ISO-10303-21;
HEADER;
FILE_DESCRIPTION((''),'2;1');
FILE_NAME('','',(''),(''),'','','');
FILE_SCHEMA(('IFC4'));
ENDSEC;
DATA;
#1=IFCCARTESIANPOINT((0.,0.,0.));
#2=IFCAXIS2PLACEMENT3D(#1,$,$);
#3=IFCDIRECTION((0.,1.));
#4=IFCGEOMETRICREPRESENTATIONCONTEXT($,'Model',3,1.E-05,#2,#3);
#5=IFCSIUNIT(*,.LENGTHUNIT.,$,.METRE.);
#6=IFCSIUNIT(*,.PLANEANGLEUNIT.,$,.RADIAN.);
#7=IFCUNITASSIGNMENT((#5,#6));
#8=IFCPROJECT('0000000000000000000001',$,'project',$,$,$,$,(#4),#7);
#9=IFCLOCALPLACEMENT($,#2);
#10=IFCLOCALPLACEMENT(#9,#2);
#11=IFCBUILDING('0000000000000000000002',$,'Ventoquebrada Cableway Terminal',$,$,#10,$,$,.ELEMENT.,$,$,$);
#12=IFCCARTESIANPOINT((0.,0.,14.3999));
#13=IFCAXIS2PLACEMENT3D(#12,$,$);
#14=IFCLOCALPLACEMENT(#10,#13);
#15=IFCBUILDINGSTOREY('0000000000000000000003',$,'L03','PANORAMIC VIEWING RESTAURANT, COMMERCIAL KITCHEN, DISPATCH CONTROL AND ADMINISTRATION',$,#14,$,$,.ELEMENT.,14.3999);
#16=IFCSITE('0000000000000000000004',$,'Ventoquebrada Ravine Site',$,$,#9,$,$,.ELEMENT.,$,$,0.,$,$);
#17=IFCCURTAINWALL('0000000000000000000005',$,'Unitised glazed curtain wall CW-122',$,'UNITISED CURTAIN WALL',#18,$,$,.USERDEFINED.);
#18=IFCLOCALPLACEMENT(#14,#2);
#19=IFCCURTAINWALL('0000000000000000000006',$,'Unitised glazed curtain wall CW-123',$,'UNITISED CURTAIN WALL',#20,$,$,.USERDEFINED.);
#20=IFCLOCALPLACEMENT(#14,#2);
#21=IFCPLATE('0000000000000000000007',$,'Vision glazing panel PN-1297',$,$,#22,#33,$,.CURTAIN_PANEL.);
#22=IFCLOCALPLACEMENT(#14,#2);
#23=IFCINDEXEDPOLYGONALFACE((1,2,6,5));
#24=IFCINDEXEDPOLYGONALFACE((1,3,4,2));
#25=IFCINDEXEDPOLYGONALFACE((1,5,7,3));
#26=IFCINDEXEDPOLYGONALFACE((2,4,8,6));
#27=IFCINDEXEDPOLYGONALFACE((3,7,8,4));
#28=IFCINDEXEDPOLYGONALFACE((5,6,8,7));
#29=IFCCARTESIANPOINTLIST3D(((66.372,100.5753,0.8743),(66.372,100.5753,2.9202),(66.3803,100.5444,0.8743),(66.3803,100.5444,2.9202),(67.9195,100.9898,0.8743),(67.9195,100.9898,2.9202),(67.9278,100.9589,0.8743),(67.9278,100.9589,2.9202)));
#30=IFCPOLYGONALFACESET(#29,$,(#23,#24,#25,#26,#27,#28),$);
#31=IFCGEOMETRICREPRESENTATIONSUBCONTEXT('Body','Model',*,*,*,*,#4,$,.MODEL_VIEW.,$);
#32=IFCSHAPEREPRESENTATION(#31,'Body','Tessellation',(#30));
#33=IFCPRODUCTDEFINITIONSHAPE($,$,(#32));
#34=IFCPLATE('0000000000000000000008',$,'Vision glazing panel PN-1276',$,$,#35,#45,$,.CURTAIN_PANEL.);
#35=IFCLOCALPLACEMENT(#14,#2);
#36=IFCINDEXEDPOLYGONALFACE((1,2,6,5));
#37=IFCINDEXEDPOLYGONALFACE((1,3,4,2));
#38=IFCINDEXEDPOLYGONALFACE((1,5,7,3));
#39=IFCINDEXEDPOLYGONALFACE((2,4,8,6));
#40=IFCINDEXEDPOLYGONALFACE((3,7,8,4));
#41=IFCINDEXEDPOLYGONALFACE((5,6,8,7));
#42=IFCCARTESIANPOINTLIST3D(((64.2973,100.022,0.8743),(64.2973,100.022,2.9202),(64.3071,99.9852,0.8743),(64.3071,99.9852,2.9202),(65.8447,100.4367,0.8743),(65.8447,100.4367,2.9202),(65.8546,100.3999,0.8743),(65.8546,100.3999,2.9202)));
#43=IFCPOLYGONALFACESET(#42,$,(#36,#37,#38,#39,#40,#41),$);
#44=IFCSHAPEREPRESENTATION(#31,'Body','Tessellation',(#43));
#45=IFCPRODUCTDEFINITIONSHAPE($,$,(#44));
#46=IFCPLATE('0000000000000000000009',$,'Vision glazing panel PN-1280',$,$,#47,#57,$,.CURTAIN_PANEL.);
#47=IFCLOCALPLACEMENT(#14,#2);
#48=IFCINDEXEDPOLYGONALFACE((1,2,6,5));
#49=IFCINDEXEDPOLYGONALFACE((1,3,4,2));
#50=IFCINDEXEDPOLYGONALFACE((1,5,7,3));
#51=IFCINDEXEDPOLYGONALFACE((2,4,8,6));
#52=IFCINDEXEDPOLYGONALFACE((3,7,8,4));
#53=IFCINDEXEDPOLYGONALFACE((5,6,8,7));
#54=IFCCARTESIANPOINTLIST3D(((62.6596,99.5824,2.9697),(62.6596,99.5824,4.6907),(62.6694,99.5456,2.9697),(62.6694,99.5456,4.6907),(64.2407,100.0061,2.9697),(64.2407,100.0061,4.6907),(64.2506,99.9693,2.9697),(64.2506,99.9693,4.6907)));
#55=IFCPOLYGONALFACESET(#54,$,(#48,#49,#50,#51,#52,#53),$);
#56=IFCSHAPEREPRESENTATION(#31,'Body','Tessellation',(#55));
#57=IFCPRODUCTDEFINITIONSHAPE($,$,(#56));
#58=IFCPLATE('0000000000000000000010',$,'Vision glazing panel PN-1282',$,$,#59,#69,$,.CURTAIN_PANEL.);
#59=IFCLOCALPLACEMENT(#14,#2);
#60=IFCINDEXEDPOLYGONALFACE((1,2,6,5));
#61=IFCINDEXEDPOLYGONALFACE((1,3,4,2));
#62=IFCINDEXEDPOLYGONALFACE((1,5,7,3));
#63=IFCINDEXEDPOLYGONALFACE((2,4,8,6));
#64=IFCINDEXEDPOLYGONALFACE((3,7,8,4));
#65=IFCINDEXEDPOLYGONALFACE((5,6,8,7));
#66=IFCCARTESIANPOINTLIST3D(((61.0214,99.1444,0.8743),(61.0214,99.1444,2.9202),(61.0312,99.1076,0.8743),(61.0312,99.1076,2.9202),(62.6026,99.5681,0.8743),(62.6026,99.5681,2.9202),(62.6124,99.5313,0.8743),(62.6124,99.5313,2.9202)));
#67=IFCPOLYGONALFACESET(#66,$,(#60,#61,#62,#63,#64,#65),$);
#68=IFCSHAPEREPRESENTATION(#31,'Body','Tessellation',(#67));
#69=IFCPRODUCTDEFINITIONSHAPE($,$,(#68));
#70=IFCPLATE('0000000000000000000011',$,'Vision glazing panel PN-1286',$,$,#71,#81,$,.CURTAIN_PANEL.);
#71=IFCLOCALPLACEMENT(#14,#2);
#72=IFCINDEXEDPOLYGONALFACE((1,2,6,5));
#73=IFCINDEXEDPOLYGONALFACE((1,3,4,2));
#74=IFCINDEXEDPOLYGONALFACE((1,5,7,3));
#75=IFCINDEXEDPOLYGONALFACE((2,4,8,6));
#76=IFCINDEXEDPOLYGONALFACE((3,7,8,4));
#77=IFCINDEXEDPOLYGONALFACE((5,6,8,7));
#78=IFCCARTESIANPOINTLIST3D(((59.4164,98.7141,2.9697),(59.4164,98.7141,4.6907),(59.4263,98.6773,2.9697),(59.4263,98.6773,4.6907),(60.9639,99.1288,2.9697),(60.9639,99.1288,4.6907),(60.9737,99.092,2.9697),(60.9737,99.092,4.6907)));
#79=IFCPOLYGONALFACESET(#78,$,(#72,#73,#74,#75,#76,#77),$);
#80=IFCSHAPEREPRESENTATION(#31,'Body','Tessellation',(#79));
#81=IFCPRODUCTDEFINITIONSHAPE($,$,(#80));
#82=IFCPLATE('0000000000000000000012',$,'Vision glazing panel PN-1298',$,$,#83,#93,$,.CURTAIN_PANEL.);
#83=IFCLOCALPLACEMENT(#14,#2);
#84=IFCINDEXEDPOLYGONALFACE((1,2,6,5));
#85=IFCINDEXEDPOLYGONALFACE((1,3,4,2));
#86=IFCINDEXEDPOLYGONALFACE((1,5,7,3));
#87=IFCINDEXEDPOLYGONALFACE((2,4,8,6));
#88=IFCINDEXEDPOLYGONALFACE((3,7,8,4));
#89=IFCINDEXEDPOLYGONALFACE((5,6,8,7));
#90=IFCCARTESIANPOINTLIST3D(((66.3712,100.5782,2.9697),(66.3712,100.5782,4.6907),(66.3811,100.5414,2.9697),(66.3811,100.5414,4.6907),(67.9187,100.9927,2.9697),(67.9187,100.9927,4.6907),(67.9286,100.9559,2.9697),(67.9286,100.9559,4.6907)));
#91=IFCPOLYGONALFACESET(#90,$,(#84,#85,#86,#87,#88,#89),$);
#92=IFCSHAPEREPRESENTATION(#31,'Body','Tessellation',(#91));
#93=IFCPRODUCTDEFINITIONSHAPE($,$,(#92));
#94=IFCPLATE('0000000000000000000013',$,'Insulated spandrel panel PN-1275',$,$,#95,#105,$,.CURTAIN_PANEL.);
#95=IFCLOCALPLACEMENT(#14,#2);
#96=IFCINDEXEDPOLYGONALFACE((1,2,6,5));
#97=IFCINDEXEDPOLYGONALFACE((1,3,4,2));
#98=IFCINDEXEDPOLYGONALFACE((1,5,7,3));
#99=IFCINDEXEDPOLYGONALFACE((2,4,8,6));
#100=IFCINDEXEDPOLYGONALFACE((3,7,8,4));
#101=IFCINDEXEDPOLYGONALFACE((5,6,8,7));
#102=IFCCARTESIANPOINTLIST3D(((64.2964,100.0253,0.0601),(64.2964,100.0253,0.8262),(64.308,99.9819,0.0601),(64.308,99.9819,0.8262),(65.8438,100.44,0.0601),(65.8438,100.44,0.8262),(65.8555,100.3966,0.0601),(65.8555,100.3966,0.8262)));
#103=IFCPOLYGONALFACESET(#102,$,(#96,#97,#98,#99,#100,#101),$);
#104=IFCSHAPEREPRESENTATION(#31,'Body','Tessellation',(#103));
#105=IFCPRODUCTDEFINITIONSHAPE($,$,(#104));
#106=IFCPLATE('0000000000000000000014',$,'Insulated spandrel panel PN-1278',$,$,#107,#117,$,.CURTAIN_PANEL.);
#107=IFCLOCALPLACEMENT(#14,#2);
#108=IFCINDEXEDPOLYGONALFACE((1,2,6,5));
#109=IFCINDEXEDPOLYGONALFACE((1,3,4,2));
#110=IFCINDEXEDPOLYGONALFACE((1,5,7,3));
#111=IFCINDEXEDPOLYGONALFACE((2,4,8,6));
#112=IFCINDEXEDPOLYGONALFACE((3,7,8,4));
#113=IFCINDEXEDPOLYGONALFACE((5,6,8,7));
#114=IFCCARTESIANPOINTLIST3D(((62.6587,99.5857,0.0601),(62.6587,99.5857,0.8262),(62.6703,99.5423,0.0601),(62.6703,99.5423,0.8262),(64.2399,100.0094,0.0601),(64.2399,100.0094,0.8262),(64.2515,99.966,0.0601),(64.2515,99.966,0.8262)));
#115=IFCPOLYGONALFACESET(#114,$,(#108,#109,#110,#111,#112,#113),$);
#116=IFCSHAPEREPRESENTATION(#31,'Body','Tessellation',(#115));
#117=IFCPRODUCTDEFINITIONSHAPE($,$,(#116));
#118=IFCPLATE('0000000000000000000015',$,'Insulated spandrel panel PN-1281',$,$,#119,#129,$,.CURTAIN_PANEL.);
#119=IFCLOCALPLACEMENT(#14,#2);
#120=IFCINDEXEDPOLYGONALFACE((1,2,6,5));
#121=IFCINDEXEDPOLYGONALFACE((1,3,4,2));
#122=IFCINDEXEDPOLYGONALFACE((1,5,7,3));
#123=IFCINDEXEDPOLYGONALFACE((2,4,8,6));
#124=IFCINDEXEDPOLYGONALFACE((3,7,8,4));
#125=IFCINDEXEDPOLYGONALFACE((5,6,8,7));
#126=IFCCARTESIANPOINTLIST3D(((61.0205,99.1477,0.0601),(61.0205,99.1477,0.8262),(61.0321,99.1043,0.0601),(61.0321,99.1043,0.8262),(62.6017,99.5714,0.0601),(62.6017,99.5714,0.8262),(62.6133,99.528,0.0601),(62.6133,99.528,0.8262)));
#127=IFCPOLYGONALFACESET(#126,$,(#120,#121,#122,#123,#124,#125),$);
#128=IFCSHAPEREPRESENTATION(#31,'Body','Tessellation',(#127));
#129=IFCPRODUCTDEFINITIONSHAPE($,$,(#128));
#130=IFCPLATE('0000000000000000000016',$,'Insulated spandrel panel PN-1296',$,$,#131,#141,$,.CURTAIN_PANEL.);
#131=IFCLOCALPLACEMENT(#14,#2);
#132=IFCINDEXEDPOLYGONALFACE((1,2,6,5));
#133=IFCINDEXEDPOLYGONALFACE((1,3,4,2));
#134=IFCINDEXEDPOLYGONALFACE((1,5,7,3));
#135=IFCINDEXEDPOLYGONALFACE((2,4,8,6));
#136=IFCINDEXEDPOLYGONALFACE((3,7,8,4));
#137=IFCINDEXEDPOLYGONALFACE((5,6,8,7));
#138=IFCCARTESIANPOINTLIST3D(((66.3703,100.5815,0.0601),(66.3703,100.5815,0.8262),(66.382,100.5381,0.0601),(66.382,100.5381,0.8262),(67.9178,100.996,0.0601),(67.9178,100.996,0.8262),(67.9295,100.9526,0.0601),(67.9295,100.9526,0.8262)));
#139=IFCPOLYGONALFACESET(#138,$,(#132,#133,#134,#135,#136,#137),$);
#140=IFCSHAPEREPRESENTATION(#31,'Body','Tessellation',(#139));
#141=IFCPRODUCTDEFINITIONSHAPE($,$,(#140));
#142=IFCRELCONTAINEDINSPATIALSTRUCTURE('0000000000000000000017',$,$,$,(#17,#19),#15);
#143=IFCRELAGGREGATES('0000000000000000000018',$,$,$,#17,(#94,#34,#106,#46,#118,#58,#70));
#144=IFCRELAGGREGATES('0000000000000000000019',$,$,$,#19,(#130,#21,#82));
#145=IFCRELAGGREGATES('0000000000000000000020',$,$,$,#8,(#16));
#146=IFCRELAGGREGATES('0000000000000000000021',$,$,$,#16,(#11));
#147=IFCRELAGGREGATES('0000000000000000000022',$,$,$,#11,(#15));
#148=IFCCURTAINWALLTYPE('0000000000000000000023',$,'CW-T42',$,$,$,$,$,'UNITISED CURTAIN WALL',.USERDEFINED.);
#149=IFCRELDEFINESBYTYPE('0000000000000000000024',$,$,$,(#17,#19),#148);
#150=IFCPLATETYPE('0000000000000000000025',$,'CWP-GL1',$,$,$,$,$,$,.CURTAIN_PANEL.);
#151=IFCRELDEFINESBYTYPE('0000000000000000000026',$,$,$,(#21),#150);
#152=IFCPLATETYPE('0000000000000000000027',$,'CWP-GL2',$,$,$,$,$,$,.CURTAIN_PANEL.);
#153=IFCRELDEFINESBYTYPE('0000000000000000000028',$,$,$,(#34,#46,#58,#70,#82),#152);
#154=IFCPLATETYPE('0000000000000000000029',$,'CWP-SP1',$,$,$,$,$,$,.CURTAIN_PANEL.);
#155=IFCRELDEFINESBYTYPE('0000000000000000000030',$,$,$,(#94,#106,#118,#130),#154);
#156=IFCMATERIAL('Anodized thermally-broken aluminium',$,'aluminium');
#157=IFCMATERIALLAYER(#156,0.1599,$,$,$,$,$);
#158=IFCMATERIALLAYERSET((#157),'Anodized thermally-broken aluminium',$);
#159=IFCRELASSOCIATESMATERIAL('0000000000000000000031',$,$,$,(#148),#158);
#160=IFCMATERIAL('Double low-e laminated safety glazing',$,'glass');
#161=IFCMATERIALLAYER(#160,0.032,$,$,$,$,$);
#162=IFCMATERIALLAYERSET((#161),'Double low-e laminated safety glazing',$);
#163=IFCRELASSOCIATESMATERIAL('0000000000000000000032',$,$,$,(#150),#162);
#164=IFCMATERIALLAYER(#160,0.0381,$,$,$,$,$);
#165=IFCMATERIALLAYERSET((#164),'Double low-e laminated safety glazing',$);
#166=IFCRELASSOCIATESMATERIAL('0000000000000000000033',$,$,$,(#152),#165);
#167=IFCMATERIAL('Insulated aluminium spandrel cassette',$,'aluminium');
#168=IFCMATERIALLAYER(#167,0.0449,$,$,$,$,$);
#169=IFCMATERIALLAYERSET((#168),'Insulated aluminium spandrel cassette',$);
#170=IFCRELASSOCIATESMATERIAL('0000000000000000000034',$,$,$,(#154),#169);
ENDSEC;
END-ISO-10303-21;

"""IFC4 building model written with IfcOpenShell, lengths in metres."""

from ifc_helpers import new_model, si_unit, direction, frame, origin, origin_2d, place, context, subcontext, project, spatial, rectangle, extrude, material, layer, layer_set, type_object, element, aggregate, save


model = new_model("IFC4")

# Units and contexts
model_context = context("Model", 3, precision=1e-05, world=origin(), true_north=direction((0.0, 1.0)))
body_context = subcontext(model_context, "Body", "Model", "MODEL_VIEW")
ifc_project = project(units=[si_unit("LENGTHUNIT", "METRE"), si_unit("PLANEANGLEUNIT", "RADIAN")], contexts=[model_context])

# Site, building, storey
site_placement = place(None, origin())
site = spatial("IfcSite", under=ifc_project, at=site_placement, Name="Ventoquebrada Ravine Site", CompositionType="ELEMENT", RefElevation=0.0)
building_placement = place(site_placement, origin())
building = spatial("IfcBuilding", under=site, at=building_placement, Name="Ventoquebrada Cableway Terminal", CompositionType="ELEMENT")
storey_placement = place(building_placement, frame((0.0, 0.0, 14.3999)))
storey = spatial("IfcBuildingStorey", under=building, at=storey_placement, Name="L03", Description="PANORAMIC VIEWING RESTAURANT, COMMERCIAL KITCHEN, DISPATCH CONTROL AND ADMINISTRATION", CompositionType="ELEMENT", Elevation=14.3999)

# Curtain wall
ifc_material_1 = material(Name="Anodized thermally-broken aluminium", Category="aluminium")
ifc_layer_1 = layer(ifc_material_1, 0.1599)
ifc_layer_set_1 = layer_set([ifc_layer_1], Name="Anodized thermally-broken aluminium")
curtain_wall_type = type_object("IfcCurtainWallType", Name="CW-T42", ElementType="UNITISED CURTAIN WALL", PredefinedType="USERDEFINED", material=ifc_layer_set_1)
curtain_wall_1_placement = place(storey_placement, origin())
curtain_wall_1 = element("IfcCurtainWall", 1, at=curtain_wall_1_placement, inside=storey, type_object=curtain_wall_type, Name="Unitised glazed curtain wall CW-122", ObjectType="UNITISED CURTAIN WALL", PredefinedType="USERDEFINED")

# Curtain wall
curtain_wall_2_placement = place(storey_placement, origin())
curtain_wall_2 = element("IfcCurtainWall", 2, at=curtain_wall_2_placement, inside=storey, type_object=curtain_wall_type, Name="Unitised glazed curtain wall CW-123", ObjectType="UNITISED CURTAIN WALL", PredefinedType="USERDEFINED")

# Plates
ifc_material_2 = material(Name="Double low-e laminated safety glazing", Category="glass")
ifc_layer_2 = layer(ifc_material_2, 0.032)
ifc_layer_set_2 = layer_set([ifc_layer_2], Name="Double low-e laminated safety glazing")
plate_type_1 = type_object("IfcPlateType", Name="CWP-GL1", PredefinedType="CURTAIN_PANEL", material=ifc_layer_set_2)
plate_1_placement = place(storey_placement, frame((67.1499, 100.7671, 0.8743), z_axis=(0.0, 0.0, 1.0), x_axis=(-0.965948, -0.258735, 0.0)))
plate_1 = element("IfcPlate", 3, at=plate_1_placement, type_object=plate_type_1, Name="Vision glazing panel PN-1297", PredefinedType="CURTAIN_PANEL", context=body_context, shape_type="SweptSolid", body=[
    extrude(rectangle(XDim=1.6021, YDim=0.032, at=origin_2d()), origin(), (0.0, 0.0, 1.0), 2.0459),
])
ifc_layer_3 = layer(ifc_material_2, 0.0381)
ifc_layer_set_3 = layer_set([ifc_layer_3], Name="Double low-e laminated safety glazing")
plate_type_2 = type_object("IfcPlateType", Name="CWP-GL2", PredefinedType="CURTAIN_PANEL", material=ifc_layer_set_3)
plate_2_placement = place(storey_placement, frame((65.0759, 100.2109, 0.8743), z_axis=(0.0, 0.0, 1.0), x_axis=(-0.965921, -0.258836, 0.0)))
plate_2 = element("IfcPlate", 4, at=plate_2_placement, type_object=plate_type_2, Name="Vision glazing panel PN-1276", PredefinedType="CURTAIN_PANEL", context=body_context, shape_type="SweptSolid", body=[
    extrude(rectangle(XDim=1.6021, YDim=0.0381, at=origin_2d()), origin(), (0.0, 0.0, 1.0), 2.0459),
])
plate_3_placement = place(storey_placement, frame((63.4551, 99.7759, 2.9697), z_axis=(0.0, 0.0, 1.0), x_axis=(-0.965921, -0.258836, 0.0)))
plate_3 = element("IfcPlate", 5, at=plate_3_placement, type_object=plate_type_2, Name="Vision glazing panel PN-1280", PredefinedType="CURTAIN_PANEL", context=body_context, shape_type="SweptSolid", body=[
    extrude(rectangle(XDim=1.637, YDim=0.0381, at=origin_2d()), origin(), (0.0, 0.0, 1.0), 1.7209),
])
plate_4_placement = place(storey_placement, frame((61.8169, 99.3379, 0.8743), z_axis=(0.0, 0.0, 1.0), x_axis=(-0.965921, -0.258836, 0.0)))
plate_4 = element("IfcPlate", 6, at=plate_4_placement, type_object=plate_type_2, Name="Vision glazing panel PN-1282", PredefinedType="CURTAIN_PANEL", context=body_context, shape_type="SweptSolid", body=[
    extrude(rectangle(XDim=1.637, YDim=0.0381, at=origin_2d()), origin(), (0.0, 0.0, 1.0), 2.0459),
])
plate_5_placement = place(storey_placement, frame((60.1951, 98.9031, 2.9697), z_axis=(0.0, 0.0, 1.0), x_axis=(-0.965921, -0.258836, 0.0)))
plate_5 = element("IfcPlate", 7, at=plate_5_placement, type_object=plate_type_2, Name="Vision glazing panel PN-1286", PredefinedType="CURTAIN_PANEL", context=body_context, shape_type="SweptSolid", body=[
    extrude(rectangle(XDim=1.6021, YDim=0.0381, at=origin_2d()), origin(), (0.0, 0.0, 1.0), 1.7209),
])
plate_6_placement = place(storey_placement, frame((67.1499, 100.7671, 2.9697), z_axis=(0.0, 0.0, 1.0), x_axis=(-0.965948, -0.258735, 0.0)))
plate_6 = element("IfcPlate", 8, at=plate_6_placement, type_object=plate_type_2, Name="Vision glazing panel PN-1298", PredefinedType="CURTAIN_PANEL", context=body_context, shape_type="SweptSolid", body=[
    extrude(rectangle(XDim=1.6021, YDim=0.0381, at=origin_2d()), origin(), (0.0, 0.0, 1.0), 1.7209),
])
ifc_material_3 = material(Name="Insulated aluminium spandrel cassette", Category="aluminium")
ifc_layer_4 = layer(ifc_material_3, 0.0449)
ifc_layer_set_4 = layer_set([ifc_layer_4], Name="Insulated aluminium spandrel cassette")
plate_type_3 = type_object("IfcPlateType", Name="CWP-SP1", PredefinedType="CURTAIN_PANEL", material=ifc_layer_set_4)
plate_7_placement = place(storey_placement, frame((65.0759, 100.2109, 0.0601), z_axis=(0.0, 0.0, 1.0), x_axis=(-0.965921, -0.258836, 0.0)))
plate_7 = element("IfcPlate", 9, at=plate_7_placement, type_object=plate_type_3, Name="Insulated spandrel panel PN-1275", PredefinedType="CURTAIN_PANEL", context=body_context, shape_type="SweptSolid", body=[
    extrude(rectangle(XDim=1.6021, YDim=0.0449, at=origin_2d()), origin(), (0.0, 0.0, 1.0), 0.7661),
])
plate_8_placement = place(storey_placement, frame((63.4551, 99.7759, 0.0601), z_axis=(0.0, 0.0, 1.0), x_axis=(-0.965921, -0.258836, 0.0)))
plate_8 = element("IfcPlate", 10, at=plate_8_placement, type_object=plate_type_3, Name="Insulated spandrel panel PN-1278", PredefinedType="CURTAIN_PANEL", context=body_context, shape_type="SweptSolid", body=[
    extrude(rectangle(XDim=1.637, YDim=0.0449, at=origin_2d()), origin(), (0.0, 0.0, 1.0), 0.7661),
])
plate_9_placement = place(storey_placement, frame((61.8169, 99.3379, 0.0601), z_axis=(0.0, 0.0, 1.0), x_axis=(-0.965921, -0.258836, 0.0)))
plate_9 = element("IfcPlate", 11, at=plate_9_placement, type_object=plate_type_3, Name="Insulated spandrel panel PN-1281", PredefinedType="CURTAIN_PANEL", context=body_context, shape_type="SweptSolid", body=[
    extrude(rectangle(XDim=1.637, YDim=0.0449, at=origin_2d()), origin(), (0.0, 0.0, 1.0), 0.7661),
])
aggregate(curtain_wall_1, [plate_7, plate_2, plate_8, plate_3, plate_9, plate_4, plate_5])
plate_10_placement = place(storey_placement, frame((67.1499, 100.7671, 0.0601), z_axis=(0.0, 0.0, 1.0), x_axis=(-0.965948, -0.258735, 0.0)))
plate_10 = element("IfcPlate", 12, at=plate_10_placement, type_object=plate_type_3, Name="Insulated spandrel panel PN-1296", PredefinedType="CURTAIN_PANEL", context=body_context, shape_type="SweptSolid", body=[
    extrude(rectangle(XDim=1.6021, YDim=0.0449, at=origin_2d()), origin(), (0.0, 0.0, 1.0), 0.7661),
])
aggregate(curtain_wall_2, [plate_10, plate_1, plate_6])

save(model, "model.ifc")
